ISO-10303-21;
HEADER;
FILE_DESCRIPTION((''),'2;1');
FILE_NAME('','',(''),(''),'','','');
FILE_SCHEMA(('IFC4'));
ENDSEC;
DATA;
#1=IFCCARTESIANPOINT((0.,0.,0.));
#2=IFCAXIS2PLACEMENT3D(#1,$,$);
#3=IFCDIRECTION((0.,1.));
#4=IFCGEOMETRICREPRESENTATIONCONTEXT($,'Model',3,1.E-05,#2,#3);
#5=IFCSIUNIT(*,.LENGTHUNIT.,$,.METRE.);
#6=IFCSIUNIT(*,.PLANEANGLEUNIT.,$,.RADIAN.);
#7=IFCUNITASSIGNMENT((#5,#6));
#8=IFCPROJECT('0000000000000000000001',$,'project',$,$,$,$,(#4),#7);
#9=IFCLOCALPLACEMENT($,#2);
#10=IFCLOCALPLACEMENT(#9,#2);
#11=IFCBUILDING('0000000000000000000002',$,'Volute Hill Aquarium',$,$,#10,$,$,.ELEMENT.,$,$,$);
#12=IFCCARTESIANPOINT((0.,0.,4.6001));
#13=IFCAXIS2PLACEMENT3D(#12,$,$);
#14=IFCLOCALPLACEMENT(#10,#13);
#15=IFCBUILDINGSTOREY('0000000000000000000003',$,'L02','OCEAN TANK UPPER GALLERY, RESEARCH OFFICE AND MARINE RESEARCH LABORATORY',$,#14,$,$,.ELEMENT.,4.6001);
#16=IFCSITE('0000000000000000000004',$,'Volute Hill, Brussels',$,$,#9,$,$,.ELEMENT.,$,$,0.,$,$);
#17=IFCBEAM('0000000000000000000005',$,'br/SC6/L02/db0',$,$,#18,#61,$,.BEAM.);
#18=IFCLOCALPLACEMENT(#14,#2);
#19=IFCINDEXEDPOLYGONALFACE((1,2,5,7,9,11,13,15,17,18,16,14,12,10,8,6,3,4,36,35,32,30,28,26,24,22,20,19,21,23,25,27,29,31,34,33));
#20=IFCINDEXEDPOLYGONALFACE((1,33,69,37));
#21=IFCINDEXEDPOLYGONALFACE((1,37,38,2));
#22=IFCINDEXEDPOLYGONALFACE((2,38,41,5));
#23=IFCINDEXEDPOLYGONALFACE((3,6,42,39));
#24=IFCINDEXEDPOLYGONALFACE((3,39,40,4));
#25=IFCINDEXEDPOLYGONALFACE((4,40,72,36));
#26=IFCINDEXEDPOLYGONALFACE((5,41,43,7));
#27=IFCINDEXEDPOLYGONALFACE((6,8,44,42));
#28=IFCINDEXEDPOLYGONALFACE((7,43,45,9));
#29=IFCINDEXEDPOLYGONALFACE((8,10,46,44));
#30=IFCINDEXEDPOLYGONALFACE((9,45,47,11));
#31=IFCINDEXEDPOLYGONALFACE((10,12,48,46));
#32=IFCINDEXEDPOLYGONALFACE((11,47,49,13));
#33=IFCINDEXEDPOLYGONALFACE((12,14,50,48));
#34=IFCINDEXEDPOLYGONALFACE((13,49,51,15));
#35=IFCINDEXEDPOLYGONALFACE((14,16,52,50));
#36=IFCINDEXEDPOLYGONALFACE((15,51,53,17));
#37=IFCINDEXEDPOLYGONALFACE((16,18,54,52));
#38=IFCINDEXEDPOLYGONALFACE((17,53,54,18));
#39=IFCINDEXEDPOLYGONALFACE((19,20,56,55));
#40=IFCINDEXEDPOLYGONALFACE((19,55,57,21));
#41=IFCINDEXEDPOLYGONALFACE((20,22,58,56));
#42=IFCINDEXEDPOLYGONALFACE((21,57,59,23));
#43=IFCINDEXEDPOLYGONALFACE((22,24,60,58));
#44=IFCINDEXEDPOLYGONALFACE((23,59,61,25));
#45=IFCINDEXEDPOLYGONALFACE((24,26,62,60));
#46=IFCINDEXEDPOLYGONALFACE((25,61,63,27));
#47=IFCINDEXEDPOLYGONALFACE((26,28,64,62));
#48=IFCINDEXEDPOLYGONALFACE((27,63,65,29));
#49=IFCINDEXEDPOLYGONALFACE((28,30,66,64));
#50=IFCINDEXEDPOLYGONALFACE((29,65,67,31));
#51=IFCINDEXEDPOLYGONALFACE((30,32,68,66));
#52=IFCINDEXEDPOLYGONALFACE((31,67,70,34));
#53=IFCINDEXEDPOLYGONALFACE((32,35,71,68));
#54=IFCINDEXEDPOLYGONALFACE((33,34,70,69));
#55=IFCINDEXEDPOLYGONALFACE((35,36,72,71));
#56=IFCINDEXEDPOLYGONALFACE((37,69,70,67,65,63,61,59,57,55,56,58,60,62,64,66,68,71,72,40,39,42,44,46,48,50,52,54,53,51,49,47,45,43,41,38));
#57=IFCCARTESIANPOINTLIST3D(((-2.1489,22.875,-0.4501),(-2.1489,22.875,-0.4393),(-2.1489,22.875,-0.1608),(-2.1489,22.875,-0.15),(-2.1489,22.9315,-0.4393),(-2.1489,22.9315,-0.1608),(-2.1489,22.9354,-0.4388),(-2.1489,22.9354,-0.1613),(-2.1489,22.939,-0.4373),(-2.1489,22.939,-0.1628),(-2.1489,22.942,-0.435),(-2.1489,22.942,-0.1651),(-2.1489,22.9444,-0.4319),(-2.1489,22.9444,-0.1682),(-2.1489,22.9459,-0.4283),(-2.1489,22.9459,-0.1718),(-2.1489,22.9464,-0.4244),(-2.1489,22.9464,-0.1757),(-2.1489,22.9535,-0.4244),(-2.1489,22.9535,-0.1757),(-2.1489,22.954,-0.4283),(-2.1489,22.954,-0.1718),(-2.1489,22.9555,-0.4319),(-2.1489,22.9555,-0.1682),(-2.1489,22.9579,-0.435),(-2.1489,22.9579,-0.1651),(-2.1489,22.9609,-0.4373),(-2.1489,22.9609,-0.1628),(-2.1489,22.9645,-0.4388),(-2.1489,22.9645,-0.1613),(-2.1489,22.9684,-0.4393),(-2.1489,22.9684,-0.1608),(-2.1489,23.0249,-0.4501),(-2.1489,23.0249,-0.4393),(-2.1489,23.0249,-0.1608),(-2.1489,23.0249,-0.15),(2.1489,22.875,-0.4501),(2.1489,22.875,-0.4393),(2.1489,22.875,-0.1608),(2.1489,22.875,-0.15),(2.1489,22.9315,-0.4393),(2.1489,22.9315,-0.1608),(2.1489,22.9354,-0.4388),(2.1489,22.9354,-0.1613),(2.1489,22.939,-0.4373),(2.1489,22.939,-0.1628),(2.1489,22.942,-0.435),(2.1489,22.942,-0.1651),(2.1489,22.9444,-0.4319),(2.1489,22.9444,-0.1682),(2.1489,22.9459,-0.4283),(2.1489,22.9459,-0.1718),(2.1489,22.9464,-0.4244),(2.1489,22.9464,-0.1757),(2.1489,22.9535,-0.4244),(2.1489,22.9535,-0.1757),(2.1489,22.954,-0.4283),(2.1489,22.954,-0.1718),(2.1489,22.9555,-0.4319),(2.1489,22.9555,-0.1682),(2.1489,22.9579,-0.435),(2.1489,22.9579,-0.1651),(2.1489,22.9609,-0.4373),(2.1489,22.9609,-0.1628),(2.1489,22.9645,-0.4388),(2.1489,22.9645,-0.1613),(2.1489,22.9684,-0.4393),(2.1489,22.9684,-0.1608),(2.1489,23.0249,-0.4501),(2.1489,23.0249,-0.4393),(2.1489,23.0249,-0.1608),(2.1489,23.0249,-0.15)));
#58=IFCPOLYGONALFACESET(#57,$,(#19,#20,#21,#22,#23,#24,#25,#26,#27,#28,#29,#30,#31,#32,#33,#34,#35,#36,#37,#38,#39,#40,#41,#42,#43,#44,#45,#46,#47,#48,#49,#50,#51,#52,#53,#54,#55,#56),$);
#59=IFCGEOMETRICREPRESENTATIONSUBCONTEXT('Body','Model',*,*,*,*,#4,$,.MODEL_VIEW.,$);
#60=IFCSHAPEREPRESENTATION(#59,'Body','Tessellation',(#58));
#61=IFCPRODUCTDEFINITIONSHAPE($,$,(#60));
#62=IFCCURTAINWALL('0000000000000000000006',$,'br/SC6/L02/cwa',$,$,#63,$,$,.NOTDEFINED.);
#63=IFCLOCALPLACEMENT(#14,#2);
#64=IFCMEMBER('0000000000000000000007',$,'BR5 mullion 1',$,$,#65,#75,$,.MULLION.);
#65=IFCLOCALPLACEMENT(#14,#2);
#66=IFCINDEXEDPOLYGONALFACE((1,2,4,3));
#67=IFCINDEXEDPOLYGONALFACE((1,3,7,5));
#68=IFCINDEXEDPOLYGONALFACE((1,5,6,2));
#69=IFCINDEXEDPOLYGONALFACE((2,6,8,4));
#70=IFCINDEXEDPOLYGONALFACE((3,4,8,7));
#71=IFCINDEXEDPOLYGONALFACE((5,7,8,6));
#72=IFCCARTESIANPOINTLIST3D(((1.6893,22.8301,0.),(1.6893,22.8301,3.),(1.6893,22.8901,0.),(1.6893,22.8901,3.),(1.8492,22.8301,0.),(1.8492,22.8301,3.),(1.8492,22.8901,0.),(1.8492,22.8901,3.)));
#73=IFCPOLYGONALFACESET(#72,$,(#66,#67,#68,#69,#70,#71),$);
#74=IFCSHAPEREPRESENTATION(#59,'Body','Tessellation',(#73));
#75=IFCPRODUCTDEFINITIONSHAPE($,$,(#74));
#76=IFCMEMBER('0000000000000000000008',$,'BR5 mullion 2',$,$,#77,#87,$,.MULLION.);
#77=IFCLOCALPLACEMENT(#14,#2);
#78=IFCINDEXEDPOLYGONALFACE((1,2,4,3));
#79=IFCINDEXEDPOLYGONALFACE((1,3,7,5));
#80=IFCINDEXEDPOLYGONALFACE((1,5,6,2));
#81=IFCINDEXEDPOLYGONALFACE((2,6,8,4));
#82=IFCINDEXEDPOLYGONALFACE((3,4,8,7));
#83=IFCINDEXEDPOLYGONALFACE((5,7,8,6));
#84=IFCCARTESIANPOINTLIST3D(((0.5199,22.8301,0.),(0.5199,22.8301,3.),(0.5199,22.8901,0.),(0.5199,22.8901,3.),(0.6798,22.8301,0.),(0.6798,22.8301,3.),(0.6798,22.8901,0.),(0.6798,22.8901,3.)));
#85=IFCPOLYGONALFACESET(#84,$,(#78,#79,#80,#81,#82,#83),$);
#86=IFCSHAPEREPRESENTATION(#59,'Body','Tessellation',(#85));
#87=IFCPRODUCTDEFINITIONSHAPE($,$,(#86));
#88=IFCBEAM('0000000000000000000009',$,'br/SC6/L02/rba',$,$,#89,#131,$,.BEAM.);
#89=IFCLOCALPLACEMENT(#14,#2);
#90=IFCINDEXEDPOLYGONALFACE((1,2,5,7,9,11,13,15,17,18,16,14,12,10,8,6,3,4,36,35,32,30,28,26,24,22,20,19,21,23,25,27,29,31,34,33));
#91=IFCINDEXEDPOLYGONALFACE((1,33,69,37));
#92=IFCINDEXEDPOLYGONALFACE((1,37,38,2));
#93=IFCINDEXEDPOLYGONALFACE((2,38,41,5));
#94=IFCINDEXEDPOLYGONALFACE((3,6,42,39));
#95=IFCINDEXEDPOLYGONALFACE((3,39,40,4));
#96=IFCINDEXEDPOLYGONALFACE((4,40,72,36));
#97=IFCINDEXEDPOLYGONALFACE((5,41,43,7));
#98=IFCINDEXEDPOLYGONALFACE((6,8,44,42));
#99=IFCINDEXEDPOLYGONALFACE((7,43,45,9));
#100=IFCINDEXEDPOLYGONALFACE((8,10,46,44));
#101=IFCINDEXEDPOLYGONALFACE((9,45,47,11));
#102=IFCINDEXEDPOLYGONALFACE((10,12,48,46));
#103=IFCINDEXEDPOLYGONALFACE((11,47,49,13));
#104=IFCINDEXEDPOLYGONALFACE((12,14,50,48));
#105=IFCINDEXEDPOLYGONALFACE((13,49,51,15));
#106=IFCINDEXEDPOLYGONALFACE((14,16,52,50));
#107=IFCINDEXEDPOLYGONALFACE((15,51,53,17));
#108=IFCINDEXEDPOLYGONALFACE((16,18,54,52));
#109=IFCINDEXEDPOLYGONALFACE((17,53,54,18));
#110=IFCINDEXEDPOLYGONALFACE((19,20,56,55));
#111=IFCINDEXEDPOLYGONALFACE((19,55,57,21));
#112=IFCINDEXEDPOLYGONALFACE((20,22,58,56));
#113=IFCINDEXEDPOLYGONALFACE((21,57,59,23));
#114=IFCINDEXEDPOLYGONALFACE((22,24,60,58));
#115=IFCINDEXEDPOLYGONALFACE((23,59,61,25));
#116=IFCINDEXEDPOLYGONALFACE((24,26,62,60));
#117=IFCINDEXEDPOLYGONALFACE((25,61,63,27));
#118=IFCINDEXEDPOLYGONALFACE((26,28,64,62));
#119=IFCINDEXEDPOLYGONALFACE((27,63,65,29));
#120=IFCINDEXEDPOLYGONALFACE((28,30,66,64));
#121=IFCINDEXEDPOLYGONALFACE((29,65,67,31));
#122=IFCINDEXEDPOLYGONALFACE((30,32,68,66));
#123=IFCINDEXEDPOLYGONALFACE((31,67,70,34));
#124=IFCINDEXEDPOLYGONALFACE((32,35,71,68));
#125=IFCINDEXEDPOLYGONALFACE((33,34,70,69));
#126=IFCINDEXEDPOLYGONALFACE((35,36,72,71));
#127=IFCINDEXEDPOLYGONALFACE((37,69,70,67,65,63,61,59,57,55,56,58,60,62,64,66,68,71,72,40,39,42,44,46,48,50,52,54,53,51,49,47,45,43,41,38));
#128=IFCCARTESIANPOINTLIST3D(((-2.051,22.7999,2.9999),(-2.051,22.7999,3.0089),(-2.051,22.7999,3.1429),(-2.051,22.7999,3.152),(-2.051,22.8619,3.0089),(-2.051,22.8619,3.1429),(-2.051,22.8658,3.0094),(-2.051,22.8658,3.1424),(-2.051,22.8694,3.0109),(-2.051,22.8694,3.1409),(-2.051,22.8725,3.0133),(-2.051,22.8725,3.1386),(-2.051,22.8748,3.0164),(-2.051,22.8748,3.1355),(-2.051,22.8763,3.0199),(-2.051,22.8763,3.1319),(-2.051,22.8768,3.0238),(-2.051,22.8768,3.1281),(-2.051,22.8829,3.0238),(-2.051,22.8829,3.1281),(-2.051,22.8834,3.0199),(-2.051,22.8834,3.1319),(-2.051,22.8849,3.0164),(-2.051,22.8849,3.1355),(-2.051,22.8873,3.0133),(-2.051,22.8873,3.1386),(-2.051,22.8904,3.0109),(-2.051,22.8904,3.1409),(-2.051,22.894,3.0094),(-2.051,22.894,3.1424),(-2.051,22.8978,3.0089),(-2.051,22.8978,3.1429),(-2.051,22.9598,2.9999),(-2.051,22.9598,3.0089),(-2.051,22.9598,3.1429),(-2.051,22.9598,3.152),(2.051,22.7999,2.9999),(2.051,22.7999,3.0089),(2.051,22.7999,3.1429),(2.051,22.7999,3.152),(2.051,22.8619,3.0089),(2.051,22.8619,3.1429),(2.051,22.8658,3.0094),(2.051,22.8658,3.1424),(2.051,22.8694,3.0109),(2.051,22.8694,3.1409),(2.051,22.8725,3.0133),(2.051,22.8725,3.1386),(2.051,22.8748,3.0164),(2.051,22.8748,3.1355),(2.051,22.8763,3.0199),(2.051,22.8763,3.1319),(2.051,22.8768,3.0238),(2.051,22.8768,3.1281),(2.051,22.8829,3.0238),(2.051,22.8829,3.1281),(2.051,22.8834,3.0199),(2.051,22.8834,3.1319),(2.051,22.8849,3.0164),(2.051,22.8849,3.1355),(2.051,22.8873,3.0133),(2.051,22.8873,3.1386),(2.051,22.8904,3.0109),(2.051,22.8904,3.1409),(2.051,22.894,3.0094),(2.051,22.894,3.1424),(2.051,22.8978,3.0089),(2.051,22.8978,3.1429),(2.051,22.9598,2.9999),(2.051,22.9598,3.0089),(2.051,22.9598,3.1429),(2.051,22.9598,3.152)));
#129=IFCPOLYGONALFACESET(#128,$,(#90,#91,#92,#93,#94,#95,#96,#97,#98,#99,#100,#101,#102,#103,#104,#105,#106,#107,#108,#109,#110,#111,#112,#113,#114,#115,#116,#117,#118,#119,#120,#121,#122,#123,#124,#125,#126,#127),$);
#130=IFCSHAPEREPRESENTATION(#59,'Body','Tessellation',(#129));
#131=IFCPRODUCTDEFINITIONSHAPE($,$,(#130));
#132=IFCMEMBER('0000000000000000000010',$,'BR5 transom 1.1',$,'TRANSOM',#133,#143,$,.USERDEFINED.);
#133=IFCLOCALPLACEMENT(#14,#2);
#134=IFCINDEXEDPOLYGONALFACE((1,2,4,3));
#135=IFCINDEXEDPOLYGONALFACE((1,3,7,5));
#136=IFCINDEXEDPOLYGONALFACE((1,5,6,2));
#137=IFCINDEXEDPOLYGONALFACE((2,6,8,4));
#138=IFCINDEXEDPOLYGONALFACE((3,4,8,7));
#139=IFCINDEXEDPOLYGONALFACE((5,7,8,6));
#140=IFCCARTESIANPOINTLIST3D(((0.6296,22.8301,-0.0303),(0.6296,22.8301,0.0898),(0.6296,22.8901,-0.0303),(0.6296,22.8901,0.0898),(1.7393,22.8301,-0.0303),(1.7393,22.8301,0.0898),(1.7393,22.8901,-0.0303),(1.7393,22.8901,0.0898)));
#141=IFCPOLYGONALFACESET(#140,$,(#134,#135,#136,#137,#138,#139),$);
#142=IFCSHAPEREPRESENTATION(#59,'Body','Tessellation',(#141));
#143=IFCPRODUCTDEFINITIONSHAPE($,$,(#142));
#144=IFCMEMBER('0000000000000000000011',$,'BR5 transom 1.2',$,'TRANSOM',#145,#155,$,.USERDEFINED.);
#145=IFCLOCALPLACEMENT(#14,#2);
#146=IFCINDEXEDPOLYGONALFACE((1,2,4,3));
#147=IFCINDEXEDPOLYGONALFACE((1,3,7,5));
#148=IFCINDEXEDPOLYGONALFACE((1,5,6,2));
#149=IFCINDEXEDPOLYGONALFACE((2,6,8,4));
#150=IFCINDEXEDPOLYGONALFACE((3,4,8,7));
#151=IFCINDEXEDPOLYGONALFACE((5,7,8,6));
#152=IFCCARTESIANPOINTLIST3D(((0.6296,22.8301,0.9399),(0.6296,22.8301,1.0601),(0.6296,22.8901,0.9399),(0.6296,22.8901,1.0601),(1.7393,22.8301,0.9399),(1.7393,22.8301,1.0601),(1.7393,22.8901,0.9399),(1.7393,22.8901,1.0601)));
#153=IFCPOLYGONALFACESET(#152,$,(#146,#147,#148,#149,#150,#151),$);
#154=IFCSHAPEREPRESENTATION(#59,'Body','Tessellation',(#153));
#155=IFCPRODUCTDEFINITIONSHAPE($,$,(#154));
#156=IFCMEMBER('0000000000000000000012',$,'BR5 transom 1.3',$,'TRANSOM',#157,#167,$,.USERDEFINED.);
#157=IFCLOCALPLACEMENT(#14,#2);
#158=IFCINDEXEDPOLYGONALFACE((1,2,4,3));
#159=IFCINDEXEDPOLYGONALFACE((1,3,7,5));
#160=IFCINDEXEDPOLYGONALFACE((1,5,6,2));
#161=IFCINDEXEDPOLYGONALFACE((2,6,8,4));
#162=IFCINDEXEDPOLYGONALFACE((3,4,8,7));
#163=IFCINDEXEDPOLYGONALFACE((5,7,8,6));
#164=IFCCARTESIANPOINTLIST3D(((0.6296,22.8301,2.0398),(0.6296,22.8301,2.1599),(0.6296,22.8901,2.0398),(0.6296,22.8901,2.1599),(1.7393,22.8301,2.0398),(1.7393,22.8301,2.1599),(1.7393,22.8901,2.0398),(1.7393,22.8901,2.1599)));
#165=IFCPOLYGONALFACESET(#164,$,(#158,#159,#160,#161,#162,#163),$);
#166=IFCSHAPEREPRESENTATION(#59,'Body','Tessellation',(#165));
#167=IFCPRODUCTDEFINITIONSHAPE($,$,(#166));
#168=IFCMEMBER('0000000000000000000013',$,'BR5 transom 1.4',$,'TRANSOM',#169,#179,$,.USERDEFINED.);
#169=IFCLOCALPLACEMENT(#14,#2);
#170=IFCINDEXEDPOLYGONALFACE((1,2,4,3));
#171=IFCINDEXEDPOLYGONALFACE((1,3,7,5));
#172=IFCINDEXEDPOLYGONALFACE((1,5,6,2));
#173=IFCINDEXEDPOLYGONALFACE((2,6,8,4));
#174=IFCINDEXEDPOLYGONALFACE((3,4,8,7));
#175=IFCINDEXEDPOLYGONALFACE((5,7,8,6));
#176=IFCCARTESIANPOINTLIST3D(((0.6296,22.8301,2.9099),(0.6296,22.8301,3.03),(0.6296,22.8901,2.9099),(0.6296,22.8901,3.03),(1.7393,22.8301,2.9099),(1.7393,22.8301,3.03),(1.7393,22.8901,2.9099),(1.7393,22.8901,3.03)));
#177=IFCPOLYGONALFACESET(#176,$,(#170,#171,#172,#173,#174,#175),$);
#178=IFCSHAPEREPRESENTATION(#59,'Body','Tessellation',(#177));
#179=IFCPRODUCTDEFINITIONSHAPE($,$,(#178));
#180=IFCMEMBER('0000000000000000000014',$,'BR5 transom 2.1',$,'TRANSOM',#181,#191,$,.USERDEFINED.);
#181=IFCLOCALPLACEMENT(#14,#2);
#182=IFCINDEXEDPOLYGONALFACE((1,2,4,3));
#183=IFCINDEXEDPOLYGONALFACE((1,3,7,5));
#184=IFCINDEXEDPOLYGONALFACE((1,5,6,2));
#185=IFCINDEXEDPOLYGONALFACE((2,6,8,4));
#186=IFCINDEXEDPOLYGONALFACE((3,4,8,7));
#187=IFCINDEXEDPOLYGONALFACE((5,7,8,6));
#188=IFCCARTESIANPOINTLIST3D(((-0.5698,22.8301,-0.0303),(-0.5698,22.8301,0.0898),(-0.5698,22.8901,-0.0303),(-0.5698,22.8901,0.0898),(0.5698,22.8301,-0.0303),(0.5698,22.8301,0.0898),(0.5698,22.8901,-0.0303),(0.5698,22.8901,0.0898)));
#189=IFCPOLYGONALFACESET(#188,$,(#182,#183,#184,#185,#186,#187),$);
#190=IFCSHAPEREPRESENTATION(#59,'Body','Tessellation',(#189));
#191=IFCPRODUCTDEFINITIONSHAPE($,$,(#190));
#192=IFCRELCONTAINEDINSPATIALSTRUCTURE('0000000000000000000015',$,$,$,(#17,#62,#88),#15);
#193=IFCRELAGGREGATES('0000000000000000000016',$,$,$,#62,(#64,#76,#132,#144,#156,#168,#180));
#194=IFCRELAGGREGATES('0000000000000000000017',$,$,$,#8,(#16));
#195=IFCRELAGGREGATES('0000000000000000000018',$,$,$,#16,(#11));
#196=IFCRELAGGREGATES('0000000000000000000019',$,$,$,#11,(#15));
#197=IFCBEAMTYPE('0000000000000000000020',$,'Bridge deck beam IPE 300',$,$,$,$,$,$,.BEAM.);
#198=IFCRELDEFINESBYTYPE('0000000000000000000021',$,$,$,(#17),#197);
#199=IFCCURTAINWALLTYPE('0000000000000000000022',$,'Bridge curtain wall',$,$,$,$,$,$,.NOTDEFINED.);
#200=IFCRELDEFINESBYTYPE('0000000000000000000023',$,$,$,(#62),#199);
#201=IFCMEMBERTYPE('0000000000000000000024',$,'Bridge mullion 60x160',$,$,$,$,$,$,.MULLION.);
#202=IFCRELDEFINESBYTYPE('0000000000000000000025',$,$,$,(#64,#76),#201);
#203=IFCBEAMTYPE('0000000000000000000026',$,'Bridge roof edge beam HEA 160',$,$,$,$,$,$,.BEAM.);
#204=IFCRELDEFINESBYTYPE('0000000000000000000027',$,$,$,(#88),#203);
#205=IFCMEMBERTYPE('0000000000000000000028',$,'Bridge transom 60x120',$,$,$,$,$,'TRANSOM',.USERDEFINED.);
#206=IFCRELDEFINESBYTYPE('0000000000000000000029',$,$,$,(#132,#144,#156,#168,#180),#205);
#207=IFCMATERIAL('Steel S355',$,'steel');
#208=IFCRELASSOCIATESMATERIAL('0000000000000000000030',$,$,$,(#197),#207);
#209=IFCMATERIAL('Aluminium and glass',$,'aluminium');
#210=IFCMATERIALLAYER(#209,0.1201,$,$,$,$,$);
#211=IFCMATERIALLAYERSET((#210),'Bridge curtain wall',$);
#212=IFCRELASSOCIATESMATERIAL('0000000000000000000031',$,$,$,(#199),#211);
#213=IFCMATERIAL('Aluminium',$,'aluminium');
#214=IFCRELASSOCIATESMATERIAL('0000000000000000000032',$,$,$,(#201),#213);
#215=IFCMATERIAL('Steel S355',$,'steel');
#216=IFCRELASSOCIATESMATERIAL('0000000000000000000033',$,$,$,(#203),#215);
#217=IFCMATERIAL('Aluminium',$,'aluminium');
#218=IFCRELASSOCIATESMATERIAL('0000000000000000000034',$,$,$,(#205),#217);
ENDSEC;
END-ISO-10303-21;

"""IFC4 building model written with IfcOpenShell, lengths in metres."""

from ifc_helpers import new_model, si_unit, direction, frame, origin, origin_2d, place, context, subcontext, project, spatial, rectangle, i_section, extrude, material, layer, layer_set, material_profile, profile_set, type_object, element, aggregate, save


model = new_model("IFC4")

# Units and contexts
model_context = context("Model", 3, precision=1e-05, world=origin(), true_north=direction((0.0, 1.0)))
body_context = subcontext(model_context, "Body", "Model", "MODEL_VIEW")
ifc_project = project(units=[si_unit("LENGTHUNIT", "METRE"), si_unit("PLANEANGLEUNIT", "RADIAN")], contexts=[model_context])

# Site, building, storey
site_placement = place(None, origin())
site = spatial("IfcSite", under=ifc_project, at=site_placement, Name="Volute Hill, Brussels", CompositionType="ELEMENT", RefElevation=0.0)
building_placement = place(site_placement, origin())
building = spatial("IfcBuilding", under=site, at=building_placement, Name="Volute Hill Aquarium", CompositionType="ELEMENT")
storey_placement = place(building_placement, frame((0.0, 0.0, 4.6001)))
storey = spatial("IfcBuildingStorey", under=building, at=storey_placement, Name="L02", Description="OCEAN TANK UPPER GALLERY, RESEARCH OFFICE AND MARINE RESEARCH LABORATORY", CompositionType="ELEMENT", Elevation=4.6001)

# Beam
ifc_material_1 = material(Name="Steel S355", Category="steel")
ifc_material_profile_1 = material_profile(ifc_material_1, i_section(OverallWidth=0.1499, OverallDepth=0.3, WebThickness=0.0071, FlangeThickness=0.0107, FilletRadius=0.0149, at=origin_2d()), Name="IPE 300")
ifc_profile_set_1 = profile_set([ifc_material_profile_1], Name="Steel S355")
beam_type_1 = type_object("IfcBeamType", Name="Bridge deck beam IPE 300", PredefinedType="BEAM", material=ifc_profile_set_1)
beam_1_placement = place(storey_placement, frame((2.1489, 22.95, -0.3), z_axis=(-1.0, 0.0, 0.0), x_axis=(0.0, -1.0, 0.0)))
element("IfcBeam", 1, at=beam_1_placement, inside=storey, type_object=beam_type_1, Name="br/SC6/L02/db0", PredefinedType="BEAM", context=body_context, shape_type="SweptSolid", body=[
    extrude(i_section(OverallWidth=0.1499, OverallDepth=0.3, WebThickness=0.0071, FlangeThickness=0.0107, FilletRadius=0.0149, at=origin_2d()), origin(), (0.0, 0.0, 1.0), 4.2979),
])

# Curtain wall, members
ifc_material_2 = material(Name="Aluminium and glass", Category="aluminium")
ifc_layer_1 = layer(ifc_material_2, 0.1201)
ifc_layer_set_1 = layer_set([ifc_layer_1], Name="Bridge curtain wall")
curtain_wall_type = type_object("IfcCurtainWallType", Name="Bridge curtain wall", PredefinedType="NOTDEFINED", material=ifc_layer_set_1)
curtain_wall_placement = place(storey_placement, origin())
curtain_wall = element("IfcCurtainWall", 2, at=curtain_wall_placement, inside=storey, type_object=curtain_wall_type, Name="br/SC6/L02/cwa", PredefinedType="NOTDEFINED")
ifc_material_3 = material(Name="Aluminium", Category="aluminium")
ifc_material_profile_2 = material_profile(ifc_material_3, rectangle(XDim=0.0601, YDim=0.1599, at=origin_2d()), Name="Aluminium mullion 60x160")
ifc_profile_set_2 = profile_set([ifc_material_profile_2], Name="Aluminium")
member_type_1 = type_object("IfcMemberType", Name="Bridge mullion 60x160", PredefinedType="MULLION", material=ifc_profile_set_2)
member_1_placement = place(storey_placement, frame((1.7693, 22.8601, 0.0), z_axis=(0.0, 0.0, 1.0), x_axis=(0.0, -1.0, 0.0)))
member_1 = element("IfcMember", 3, at=member_1_placement, type_object=member_type_1, Name="BR5 mullion 1", PredefinedType="MULLION", context=body_context, shape_type="SweptSolid", body=[
    extrude(rectangle(XDim=0.0601, YDim=0.1599, at=origin_2d()), origin(), (0.0, 0.0, 1.0), 3.0),
])
member_2_placement = place(storey_placement, frame((0.5999, 22.8601, 0.0), z_axis=(0.0, 0.0, 1.0), x_axis=(0.0, -1.0, 0.0)))
member_2 = element("IfcMember", 4, at=member_2_placement, type_object=member_type_1, Name="BR5 mullion 2", PredefinedType="MULLION", context=body_context, shape_type="SweptSolid", body=[
    extrude(rectangle(XDim=0.0601, YDim=0.1599, at=origin_2d()), origin(), (0.0, 0.0, 1.0), 3.0),
])

# Beam
ifc_material_4 = material(Name="Steel S355", Category="steel")
ifc_material_profile_3 = material_profile(ifc_material_4, i_section(OverallWidth=0.1599, OverallDepth=0.1521, WebThickness=0.0061, FlangeThickness=0.009, FilletRadius=0.0149, at=origin_2d()), Name="HEA 160")
ifc_profile_set_3 = profile_set([ifc_material_profile_3], Name="Steel S355")
beam_type_2 = type_object("IfcBeamType", Name="Bridge roof edge beam HEA 160", PredefinedType="BEAM", material=ifc_profile_set_3)
beam_2_placement = place(storey_placement, frame((2.051, 22.8799, 3.0759), z_axis=(-1.0, 0.0, 0.0), x_axis=(0.0, -1.0, 0.0)))
element("IfcBeam", 5, at=beam_2_placement, inside=storey, type_object=beam_type_2, Name="br/SC6/L02/rba", PredefinedType="BEAM", context=body_context, shape_type="SweptSolid", body=[
    extrude(i_section(OverallWidth=0.1599, OverallDepth=0.1521, WebThickness=0.0061, FlangeThickness=0.009, FilletRadius=0.0149, at=origin_2d()), origin(), (0.0, 0.0, 1.0), 4.1021),
])

# Members
ifc_material_5 = material(Name="Aluminium", Category="aluminium")
ifc_material_profile_4 = material_profile(ifc_material_5, rectangle(XDim=0.0601, YDim=0.1201, at=origin_2d()), Name="Aluminium transom 60x120")
ifc_profile_set_4 = profile_set([ifc_material_profile_4], Name="Aluminium")
member_type_2 = type_object("IfcMemberType", Name="Bridge transom 60x120", ElementType="TRANSOM", PredefinedType="USERDEFINED", material=ifc_profile_set_4)
member_3_placement = place(storey_placement, frame((1.7393, 22.8601, 0.0298), z_axis=(-1.0, 0.0, 0.0), x_axis=(0.0, -1.0, 0.0)))
member_3 = element("IfcMember", 6, at=member_3_placement, type_object=member_type_2, Name="BR5 transom 1.1", ObjectType="TRANSOM", PredefinedType="USERDEFINED", context=body_context, shape_type="SweptSolid", body=[
    extrude(rectangle(XDim=0.0601, YDim=0.1201, at=origin_2d()), origin(), (0.0, 0.0, 1.0), 1.1096),
])
member_4_placement = place(storey_placement, frame((1.7393, 22.8601, 1.0), z_axis=(-1.0, 0.0, 0.0), x_axis=(0.0, -1.0, 0.0)))
member_4 = element("IfcMember", 7, at=member_4_placement, type_object=member_type_2, Name="BR5 transom 1.2", ObjectType="TRANSOM", PredefinedType="USERDEFINED", context=body_context, shape_type="SweptSolid", body=[
    extrude(rectangle(XDim=0.0601, YDim=0.1201, at=origin_2d()), origin(), (0.0, 0.0, 1.0), 1.1096),
])
member_5_placement = place(storey_placement, frame((1.7393, 22.8601, 2.0999), z_axis=(-1.0, 0.0, 0.0), x_axis=(0.0, -1.0, 0.0)))
member_5 = element("IfcMember", 8, at=member_5_placement, type_object=member_type_2, Name="BR5 transom 1.3", ObjectType="TRANSOM", PredefinedType="USERDEFINED", context=body_context, shape_type="SweptSolid", body=[
    extrude(rectangle(XDim=0.0601, YDim=0.1201, at=origin_2d()), origin(), (0.0, 0.0, 1.0), 1.1096),
])
member_6_placement = place(storey_placement, frame((1.7393, 22.8601, 2.97), z_axis=(-1.0, 0.0, 0.0), x_axis=(0.0, -1.0, 0.0)))
member_6 = element("IfcMember", 9, at=member_6_placement, type_object=member_type_2, Name="BR5 transom 1.4", ObjectType="TRANSOM", PredefinedType="USERDEFINED", context=body_context, shape_type="SweptSolid", body=[
    extrude(rectangle(XDim=0.0601, YDim=0.1201, at=origin_2d()), origin(), (0.0, 0.0, 1.0), 1.1096),
])
member_7_placement = place(storey_placement, frame((0.5698, 22.8601, 0.0298), z_axis=(-1.0, 0.0, 0.0), x_axis=(0.0, -1.0, 0.0)))
member_7 = element("IfcMember", 10, at=member_7_placement, type_object=member_type_2, Name="BR5 transom 2.1", ObjectType="TRANSOM", PredefinedType="USERDEFINED", context=body_context, shape_type="SweptSolid", body=[
    extrude(rectangle(XDim=0.0601, YDim=0.1201, at=origin_2d()), origin(), (0.0, 0.0, 1.0), 1.1396),
])

aggregate(curtain_wall, [member_1, member_2, member_3, member_4, member_5, member_6, member_7])

save(model, "model.ifc")
